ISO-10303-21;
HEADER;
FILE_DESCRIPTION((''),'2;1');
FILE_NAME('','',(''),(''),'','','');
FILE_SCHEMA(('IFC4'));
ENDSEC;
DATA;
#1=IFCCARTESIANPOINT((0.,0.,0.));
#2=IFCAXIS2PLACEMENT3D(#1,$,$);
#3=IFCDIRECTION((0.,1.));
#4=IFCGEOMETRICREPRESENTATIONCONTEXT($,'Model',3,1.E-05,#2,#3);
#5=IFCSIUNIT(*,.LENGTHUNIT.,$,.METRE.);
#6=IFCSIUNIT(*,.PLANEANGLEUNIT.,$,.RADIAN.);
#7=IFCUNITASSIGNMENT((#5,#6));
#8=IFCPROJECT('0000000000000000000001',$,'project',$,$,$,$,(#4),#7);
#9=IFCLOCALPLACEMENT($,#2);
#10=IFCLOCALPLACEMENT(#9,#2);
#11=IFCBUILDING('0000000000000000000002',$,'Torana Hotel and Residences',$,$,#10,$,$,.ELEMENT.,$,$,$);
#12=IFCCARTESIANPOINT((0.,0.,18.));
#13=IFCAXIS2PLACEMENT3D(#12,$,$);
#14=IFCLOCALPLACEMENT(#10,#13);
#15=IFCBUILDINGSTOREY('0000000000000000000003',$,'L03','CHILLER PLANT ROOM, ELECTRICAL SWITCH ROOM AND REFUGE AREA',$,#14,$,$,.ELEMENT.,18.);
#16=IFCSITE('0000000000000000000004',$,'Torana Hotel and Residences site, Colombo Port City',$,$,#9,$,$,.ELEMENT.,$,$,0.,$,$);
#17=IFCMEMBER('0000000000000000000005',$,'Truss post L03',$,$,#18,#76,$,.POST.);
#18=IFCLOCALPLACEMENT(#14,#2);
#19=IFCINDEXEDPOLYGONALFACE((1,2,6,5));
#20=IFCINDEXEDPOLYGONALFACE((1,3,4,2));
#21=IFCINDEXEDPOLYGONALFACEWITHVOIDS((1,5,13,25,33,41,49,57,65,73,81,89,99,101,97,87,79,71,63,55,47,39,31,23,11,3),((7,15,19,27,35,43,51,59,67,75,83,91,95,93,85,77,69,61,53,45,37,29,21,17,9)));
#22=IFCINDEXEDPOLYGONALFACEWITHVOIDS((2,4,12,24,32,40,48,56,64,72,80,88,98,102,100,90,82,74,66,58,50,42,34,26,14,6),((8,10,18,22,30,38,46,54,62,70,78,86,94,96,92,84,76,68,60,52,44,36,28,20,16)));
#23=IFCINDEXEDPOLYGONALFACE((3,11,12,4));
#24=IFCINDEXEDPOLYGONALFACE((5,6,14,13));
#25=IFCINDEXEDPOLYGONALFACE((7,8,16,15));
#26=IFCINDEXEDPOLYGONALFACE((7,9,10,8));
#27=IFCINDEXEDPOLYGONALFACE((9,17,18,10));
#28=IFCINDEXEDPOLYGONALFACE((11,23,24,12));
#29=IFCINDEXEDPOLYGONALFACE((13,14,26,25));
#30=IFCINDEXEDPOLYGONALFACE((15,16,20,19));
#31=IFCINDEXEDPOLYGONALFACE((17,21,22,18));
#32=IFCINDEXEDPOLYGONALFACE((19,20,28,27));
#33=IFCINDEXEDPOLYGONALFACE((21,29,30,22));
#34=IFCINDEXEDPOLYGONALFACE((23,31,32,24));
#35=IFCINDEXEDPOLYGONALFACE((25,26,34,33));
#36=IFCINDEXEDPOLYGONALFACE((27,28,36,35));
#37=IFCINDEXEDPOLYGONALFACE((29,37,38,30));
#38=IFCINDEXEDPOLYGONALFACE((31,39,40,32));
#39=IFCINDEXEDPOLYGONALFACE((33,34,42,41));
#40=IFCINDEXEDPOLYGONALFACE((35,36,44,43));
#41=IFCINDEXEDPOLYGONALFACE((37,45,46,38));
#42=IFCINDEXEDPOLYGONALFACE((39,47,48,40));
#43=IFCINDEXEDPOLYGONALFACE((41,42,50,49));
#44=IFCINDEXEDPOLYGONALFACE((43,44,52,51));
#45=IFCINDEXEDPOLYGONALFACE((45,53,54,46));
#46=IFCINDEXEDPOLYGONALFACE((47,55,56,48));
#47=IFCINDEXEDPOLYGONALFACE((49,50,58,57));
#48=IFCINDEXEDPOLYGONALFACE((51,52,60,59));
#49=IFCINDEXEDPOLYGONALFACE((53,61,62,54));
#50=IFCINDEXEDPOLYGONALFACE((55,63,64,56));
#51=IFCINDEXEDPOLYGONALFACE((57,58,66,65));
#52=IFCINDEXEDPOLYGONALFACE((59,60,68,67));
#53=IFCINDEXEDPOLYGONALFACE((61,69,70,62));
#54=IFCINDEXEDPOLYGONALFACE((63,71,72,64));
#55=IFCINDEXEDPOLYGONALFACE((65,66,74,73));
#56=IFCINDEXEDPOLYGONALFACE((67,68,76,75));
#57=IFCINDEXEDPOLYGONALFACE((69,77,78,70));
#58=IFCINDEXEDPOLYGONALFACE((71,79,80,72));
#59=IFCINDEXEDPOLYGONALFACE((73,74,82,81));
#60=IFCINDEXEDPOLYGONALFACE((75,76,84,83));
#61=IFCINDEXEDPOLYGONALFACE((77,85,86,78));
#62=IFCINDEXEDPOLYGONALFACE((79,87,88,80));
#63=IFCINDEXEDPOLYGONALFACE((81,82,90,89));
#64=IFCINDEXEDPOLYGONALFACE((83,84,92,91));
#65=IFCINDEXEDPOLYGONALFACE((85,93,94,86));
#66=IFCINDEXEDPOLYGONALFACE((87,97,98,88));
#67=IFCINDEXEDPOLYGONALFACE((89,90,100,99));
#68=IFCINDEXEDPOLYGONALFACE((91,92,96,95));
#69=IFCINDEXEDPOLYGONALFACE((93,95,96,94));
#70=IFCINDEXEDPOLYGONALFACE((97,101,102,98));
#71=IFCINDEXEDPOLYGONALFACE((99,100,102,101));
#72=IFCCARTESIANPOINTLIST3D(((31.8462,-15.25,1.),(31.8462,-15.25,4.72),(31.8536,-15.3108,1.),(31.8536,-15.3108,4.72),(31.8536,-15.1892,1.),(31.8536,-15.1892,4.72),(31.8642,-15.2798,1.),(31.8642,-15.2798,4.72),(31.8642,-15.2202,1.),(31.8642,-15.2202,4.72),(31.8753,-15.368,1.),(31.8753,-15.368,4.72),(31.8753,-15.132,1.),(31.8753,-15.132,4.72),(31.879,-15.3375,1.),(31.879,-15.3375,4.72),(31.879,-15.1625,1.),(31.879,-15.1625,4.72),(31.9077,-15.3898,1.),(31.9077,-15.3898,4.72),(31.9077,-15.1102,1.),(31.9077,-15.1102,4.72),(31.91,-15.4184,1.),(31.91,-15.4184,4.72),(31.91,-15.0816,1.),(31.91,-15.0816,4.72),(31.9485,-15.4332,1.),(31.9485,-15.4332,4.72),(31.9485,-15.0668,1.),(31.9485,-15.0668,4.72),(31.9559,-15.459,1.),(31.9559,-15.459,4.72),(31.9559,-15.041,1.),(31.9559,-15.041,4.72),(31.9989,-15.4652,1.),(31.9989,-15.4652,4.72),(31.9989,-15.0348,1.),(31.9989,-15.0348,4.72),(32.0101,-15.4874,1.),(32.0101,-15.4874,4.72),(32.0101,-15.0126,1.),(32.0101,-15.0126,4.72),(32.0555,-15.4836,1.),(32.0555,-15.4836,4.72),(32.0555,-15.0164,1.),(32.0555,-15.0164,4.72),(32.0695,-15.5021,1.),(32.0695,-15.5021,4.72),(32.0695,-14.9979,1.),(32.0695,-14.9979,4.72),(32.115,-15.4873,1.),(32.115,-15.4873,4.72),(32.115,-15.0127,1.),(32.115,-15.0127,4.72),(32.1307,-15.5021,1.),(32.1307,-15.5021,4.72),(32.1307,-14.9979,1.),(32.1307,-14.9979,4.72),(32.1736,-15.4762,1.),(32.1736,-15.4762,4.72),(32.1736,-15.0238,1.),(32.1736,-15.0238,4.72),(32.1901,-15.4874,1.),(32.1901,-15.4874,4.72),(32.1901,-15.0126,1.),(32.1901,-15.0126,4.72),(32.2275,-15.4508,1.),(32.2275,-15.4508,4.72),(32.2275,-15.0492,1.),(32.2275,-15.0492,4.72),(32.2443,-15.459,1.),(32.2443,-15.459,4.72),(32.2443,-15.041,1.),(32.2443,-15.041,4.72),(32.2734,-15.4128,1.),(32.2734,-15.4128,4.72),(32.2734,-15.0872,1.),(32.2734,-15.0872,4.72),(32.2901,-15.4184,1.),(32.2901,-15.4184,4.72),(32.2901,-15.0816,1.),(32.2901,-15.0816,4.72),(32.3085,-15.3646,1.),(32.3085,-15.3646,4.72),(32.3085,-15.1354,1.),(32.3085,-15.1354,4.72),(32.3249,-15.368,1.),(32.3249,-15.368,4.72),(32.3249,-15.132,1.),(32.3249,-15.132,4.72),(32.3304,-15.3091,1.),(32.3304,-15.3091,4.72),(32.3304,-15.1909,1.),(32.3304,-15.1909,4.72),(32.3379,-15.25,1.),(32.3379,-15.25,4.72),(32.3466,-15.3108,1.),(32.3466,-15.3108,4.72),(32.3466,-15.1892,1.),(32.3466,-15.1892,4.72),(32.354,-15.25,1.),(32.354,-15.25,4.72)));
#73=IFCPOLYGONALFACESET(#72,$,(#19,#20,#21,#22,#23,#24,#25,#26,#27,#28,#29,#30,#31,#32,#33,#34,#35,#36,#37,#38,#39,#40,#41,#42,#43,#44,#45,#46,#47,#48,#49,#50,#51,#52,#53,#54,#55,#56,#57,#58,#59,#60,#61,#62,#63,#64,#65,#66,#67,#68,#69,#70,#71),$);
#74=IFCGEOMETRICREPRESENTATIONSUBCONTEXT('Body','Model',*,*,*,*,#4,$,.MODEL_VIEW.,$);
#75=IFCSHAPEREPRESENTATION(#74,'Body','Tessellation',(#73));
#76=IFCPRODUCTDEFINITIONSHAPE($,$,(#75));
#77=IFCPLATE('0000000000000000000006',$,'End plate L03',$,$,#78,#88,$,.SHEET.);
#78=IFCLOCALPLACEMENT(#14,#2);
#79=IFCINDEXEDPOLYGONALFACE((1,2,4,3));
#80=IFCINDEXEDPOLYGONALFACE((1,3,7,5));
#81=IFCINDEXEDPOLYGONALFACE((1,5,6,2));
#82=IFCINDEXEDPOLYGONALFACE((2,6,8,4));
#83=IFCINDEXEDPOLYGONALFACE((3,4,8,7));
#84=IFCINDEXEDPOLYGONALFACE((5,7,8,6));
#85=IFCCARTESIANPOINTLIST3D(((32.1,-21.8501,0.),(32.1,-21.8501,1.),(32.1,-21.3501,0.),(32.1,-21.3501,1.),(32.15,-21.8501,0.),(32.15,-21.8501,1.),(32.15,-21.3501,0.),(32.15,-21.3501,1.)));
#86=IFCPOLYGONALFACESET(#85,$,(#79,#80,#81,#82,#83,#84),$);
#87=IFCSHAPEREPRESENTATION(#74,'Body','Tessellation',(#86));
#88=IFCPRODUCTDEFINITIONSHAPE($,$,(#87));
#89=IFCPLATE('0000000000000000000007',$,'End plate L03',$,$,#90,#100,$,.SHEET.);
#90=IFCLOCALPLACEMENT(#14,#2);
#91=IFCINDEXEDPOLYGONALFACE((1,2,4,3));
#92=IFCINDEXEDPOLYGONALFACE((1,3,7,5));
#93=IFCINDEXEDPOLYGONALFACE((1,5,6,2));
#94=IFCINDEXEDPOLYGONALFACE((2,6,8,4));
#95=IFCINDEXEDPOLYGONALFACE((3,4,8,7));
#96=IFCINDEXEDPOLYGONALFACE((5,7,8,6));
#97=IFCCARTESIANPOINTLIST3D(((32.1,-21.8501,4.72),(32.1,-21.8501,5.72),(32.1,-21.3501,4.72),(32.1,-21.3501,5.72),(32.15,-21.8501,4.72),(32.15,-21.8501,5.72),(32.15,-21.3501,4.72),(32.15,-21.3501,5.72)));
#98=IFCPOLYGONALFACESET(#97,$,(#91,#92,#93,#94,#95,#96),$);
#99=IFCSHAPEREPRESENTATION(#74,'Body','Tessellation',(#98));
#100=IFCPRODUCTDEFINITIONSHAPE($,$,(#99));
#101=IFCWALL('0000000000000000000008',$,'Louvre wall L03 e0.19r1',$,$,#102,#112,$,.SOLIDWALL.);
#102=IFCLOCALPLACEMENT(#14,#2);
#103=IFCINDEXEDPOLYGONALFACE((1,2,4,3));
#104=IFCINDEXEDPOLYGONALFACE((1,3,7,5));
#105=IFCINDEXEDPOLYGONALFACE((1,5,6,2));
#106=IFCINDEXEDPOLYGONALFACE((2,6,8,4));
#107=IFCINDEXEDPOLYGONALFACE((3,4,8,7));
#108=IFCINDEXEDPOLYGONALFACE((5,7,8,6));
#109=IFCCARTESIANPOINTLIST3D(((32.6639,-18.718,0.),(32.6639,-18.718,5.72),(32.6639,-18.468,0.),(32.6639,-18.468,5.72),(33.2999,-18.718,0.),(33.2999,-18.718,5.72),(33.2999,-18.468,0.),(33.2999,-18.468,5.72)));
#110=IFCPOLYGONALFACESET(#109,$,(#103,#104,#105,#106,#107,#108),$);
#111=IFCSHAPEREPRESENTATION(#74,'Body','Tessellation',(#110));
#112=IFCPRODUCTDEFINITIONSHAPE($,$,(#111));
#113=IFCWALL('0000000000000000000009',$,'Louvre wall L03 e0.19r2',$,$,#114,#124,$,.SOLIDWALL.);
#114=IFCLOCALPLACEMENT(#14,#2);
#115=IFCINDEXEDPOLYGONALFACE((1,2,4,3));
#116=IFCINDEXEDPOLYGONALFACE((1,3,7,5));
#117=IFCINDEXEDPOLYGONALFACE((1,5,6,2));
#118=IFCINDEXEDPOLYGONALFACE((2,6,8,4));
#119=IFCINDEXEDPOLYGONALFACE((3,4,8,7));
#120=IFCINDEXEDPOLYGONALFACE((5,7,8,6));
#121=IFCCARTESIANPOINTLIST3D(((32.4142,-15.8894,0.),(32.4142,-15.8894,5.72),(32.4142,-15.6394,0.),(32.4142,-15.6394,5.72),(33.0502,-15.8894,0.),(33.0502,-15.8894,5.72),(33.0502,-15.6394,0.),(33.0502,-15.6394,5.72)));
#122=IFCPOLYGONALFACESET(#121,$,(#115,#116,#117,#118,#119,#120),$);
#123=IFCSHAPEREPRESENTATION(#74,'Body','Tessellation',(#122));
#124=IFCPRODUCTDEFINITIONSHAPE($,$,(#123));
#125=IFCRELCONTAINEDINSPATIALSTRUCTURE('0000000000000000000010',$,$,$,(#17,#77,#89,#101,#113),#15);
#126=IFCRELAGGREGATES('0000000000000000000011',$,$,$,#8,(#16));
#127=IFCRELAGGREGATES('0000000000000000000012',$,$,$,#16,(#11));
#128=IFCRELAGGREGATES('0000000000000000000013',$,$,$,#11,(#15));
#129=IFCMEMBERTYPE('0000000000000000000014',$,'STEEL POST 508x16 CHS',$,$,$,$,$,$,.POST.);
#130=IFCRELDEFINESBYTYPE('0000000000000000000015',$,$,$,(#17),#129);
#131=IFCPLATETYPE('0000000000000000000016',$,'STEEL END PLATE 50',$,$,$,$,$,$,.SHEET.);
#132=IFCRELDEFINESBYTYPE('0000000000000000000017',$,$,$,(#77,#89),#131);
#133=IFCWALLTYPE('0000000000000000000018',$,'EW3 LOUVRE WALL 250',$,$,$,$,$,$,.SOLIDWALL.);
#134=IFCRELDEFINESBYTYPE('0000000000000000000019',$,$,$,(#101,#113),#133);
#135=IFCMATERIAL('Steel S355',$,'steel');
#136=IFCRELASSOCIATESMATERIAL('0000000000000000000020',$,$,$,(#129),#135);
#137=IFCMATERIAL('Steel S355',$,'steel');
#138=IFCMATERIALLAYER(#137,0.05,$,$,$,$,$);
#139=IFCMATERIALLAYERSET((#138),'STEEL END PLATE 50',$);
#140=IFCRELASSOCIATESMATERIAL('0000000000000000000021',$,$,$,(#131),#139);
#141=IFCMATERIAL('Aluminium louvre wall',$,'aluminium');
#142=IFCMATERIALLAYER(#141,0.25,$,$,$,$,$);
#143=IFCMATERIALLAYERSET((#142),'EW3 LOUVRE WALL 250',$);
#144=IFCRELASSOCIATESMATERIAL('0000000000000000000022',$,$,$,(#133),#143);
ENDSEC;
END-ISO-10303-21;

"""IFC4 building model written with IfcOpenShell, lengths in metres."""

from ifc_helpers import new_model, si_unit, direction, frame, frame_2d, origin, origin_2d, place, context, subcontext, project, spatial, rectangle, hollow_circle, extrude, material, layer, layer_set, material_profile, profile_set, type_object, element, save


model = new_model("IFC4")

# Units and contexts
model_context = context("Model", 3, precision=1e-05, world=origin(), true_north=direction((0.0, 1.0)))
body_context = subcontext(model_context, "Body", "Model", "MODEL_VIEW")
ifc_project = project(units=[si_unit("LENGTHUNIT", "METRE"), si_unit("PLANEANGLEUNIT", "RADIAN")], contexts=[model_context])

# Site, building, storey
site_placement = place(None, origin())
site = spatial("IfcSite", under=ifc_project, at=site_placement, Name="Torana Hotel and Residences site, Colombo Port City", CompositionType="ELEMENT", RefElevation=0.0)
building_placement = place(site_placement, origin())
building = spatial("IfcBuilding", under=site, at=building_placement, Name="Torana Hotel and Residences", CompositionType="ELEMENT")
storey_placement = place(building_placement, frame((0.0, 0.0, 18.0)))
storey = spatial("IfcBuildingStorey", under=building, at=storey_placement, Name="L03", Description="CHILLER PLANT ROOM, ELECTRICAL SWITCH ROOM AND REFUGE AREA", CompositionType="ELEMENT", Elevation=18.0)

# Member
ifc_material_1 = material(Name="Steel S355", Category="steel")
ifc_material_profile_1 = material_profile(ifc_material_1, hollow_circle(Radius=0.2539, WallThickness=0.0161, at=origin_2d()), Name="508x16 CHS")
ifc_profile_set_1 = profile_set([ifc_material_profile_1], Name="Steel S355")
member_type_1 = type_object("IfcMemberType", Name="STEEL POST 508x16 CHS", PredefinedType="POST", material=ifc_profile_set_1)
for number, where, z_axis, x_axis, name in (
    (1, (32.1001, -15.25, 1.0), (0.0, 0.0, 1.0), (1.0, 0.0, 0.0), "Truss post L03"),
):
    element("IfcMember", number, at=place(storey_placement, frame(where, z_axis=z_axis, x_axis=x_axis)), inside=storey, type_object=member_type_1, Name=name, PredefinedType="POST", context=body_context, shape_type="SweptSolid", body=[
        extrude(hollow_circle(Radius=0.2539, WallThickness=0.0161, at=origin_2d()), origin(), (0.0, 0.0, 1.0), 3.72),
    ])

# Plates
ifc_material_2 = material(Name="Steel S355", Category="steel")
ifc_layer_1 = layer(ifc_material_2, 0.05)
ifc_layer_set_1 = layer_set([ifc_layer_1], Name="STEEL END PLATE 50")
plate_type = type_object("IfcPlateType", Name="STEEL END PLATE 50", PredefinedType="SHEET", material=ifc_layer_set_1)
for number, where, z_axis, x_axis, name in (
    (2, (32.125, -21.6001, 0.0), (0.0, 0.0, 1.0), (1.0, 0.0, 0.0), "End plate L03"),
    (3, (32.125, -21.6001, 4.72), (0.0, 0.0, 1.0), (1.0, 0.0, 0.0), "End plate L03"),
):
    element("IfcPlate", number, at=place(storey_placement, frame(where, z_axis=z_axis, x_axis=x_axis)), inside=storey, type_object=plate_type, Name=name, PredefinedType="SHEET", context=body_context, shape_type="SweptSolid", body=[
        extrude(rectangle(XDim=0.05, YDim=0.5, at=origin_2d()), origin(), (0.0, 0.0, 1.0), 1.0),
    ])

# Wall
ifc_material_3 = material(Name="Aluminium louvre wall", Category="aluminium")
ifc_layer_2 = layer(ifc_material_3, 0.25)
ifc_layer_set_2 = layer_set([ifc_layer_2], Name="EW3 LOUVRE WALL 250")
wall_type_1 = type_object("IfcWallType", Name="EW3 LOUVRE WALL 250", PredefinedType="SOLIDWALL", material=ifc_layer_set_2)
wall_1_placement = place(storey_placement, frame((32.6641, -18.593, 0.0), z_axis=(0.0, 0.0, 1.0), x_axis=(1.0, 0.0, 0.0)))
element("IfcWall", 4, at=wall_1_placement, inside=storey, type_object=wall_type_1, Name="Louvre wall L03 e0.19r1", PredefinedType="SOLIDWALL", context=body_context, shape_type="SweptSolid", body=[
    extrude(rectangle(XDim=0.636, YDim=0.25, at=frame_2d((0.3179, 0.0))), origin(), (0.0, 0.0, 1.0), 5.72),
])

# Wall
wall_2_placement = place(storey_placement, frame((33.05, -15.7644, 0.0), z_axis=(0.0, 0.0, 1.0), x_axis=(-1.0, 0.0, 0.0)))
element("IfcWall", 5, at=wall_2_placement, inside=storey, type_object=wall_type_1, Name="Louvre wall L03 e0.19r2", PredefinedType="SOLIDWALL", context=body_context, shape_type="SweptSolid", body=[
    extrude(rectangle(XDim=0.636, YDim=0.25, at=frame_2d((0.3179, 0.0))), origin(), (0.0, 0.0, 1.0), 5.72),
])

save(model, "model.ifc")
